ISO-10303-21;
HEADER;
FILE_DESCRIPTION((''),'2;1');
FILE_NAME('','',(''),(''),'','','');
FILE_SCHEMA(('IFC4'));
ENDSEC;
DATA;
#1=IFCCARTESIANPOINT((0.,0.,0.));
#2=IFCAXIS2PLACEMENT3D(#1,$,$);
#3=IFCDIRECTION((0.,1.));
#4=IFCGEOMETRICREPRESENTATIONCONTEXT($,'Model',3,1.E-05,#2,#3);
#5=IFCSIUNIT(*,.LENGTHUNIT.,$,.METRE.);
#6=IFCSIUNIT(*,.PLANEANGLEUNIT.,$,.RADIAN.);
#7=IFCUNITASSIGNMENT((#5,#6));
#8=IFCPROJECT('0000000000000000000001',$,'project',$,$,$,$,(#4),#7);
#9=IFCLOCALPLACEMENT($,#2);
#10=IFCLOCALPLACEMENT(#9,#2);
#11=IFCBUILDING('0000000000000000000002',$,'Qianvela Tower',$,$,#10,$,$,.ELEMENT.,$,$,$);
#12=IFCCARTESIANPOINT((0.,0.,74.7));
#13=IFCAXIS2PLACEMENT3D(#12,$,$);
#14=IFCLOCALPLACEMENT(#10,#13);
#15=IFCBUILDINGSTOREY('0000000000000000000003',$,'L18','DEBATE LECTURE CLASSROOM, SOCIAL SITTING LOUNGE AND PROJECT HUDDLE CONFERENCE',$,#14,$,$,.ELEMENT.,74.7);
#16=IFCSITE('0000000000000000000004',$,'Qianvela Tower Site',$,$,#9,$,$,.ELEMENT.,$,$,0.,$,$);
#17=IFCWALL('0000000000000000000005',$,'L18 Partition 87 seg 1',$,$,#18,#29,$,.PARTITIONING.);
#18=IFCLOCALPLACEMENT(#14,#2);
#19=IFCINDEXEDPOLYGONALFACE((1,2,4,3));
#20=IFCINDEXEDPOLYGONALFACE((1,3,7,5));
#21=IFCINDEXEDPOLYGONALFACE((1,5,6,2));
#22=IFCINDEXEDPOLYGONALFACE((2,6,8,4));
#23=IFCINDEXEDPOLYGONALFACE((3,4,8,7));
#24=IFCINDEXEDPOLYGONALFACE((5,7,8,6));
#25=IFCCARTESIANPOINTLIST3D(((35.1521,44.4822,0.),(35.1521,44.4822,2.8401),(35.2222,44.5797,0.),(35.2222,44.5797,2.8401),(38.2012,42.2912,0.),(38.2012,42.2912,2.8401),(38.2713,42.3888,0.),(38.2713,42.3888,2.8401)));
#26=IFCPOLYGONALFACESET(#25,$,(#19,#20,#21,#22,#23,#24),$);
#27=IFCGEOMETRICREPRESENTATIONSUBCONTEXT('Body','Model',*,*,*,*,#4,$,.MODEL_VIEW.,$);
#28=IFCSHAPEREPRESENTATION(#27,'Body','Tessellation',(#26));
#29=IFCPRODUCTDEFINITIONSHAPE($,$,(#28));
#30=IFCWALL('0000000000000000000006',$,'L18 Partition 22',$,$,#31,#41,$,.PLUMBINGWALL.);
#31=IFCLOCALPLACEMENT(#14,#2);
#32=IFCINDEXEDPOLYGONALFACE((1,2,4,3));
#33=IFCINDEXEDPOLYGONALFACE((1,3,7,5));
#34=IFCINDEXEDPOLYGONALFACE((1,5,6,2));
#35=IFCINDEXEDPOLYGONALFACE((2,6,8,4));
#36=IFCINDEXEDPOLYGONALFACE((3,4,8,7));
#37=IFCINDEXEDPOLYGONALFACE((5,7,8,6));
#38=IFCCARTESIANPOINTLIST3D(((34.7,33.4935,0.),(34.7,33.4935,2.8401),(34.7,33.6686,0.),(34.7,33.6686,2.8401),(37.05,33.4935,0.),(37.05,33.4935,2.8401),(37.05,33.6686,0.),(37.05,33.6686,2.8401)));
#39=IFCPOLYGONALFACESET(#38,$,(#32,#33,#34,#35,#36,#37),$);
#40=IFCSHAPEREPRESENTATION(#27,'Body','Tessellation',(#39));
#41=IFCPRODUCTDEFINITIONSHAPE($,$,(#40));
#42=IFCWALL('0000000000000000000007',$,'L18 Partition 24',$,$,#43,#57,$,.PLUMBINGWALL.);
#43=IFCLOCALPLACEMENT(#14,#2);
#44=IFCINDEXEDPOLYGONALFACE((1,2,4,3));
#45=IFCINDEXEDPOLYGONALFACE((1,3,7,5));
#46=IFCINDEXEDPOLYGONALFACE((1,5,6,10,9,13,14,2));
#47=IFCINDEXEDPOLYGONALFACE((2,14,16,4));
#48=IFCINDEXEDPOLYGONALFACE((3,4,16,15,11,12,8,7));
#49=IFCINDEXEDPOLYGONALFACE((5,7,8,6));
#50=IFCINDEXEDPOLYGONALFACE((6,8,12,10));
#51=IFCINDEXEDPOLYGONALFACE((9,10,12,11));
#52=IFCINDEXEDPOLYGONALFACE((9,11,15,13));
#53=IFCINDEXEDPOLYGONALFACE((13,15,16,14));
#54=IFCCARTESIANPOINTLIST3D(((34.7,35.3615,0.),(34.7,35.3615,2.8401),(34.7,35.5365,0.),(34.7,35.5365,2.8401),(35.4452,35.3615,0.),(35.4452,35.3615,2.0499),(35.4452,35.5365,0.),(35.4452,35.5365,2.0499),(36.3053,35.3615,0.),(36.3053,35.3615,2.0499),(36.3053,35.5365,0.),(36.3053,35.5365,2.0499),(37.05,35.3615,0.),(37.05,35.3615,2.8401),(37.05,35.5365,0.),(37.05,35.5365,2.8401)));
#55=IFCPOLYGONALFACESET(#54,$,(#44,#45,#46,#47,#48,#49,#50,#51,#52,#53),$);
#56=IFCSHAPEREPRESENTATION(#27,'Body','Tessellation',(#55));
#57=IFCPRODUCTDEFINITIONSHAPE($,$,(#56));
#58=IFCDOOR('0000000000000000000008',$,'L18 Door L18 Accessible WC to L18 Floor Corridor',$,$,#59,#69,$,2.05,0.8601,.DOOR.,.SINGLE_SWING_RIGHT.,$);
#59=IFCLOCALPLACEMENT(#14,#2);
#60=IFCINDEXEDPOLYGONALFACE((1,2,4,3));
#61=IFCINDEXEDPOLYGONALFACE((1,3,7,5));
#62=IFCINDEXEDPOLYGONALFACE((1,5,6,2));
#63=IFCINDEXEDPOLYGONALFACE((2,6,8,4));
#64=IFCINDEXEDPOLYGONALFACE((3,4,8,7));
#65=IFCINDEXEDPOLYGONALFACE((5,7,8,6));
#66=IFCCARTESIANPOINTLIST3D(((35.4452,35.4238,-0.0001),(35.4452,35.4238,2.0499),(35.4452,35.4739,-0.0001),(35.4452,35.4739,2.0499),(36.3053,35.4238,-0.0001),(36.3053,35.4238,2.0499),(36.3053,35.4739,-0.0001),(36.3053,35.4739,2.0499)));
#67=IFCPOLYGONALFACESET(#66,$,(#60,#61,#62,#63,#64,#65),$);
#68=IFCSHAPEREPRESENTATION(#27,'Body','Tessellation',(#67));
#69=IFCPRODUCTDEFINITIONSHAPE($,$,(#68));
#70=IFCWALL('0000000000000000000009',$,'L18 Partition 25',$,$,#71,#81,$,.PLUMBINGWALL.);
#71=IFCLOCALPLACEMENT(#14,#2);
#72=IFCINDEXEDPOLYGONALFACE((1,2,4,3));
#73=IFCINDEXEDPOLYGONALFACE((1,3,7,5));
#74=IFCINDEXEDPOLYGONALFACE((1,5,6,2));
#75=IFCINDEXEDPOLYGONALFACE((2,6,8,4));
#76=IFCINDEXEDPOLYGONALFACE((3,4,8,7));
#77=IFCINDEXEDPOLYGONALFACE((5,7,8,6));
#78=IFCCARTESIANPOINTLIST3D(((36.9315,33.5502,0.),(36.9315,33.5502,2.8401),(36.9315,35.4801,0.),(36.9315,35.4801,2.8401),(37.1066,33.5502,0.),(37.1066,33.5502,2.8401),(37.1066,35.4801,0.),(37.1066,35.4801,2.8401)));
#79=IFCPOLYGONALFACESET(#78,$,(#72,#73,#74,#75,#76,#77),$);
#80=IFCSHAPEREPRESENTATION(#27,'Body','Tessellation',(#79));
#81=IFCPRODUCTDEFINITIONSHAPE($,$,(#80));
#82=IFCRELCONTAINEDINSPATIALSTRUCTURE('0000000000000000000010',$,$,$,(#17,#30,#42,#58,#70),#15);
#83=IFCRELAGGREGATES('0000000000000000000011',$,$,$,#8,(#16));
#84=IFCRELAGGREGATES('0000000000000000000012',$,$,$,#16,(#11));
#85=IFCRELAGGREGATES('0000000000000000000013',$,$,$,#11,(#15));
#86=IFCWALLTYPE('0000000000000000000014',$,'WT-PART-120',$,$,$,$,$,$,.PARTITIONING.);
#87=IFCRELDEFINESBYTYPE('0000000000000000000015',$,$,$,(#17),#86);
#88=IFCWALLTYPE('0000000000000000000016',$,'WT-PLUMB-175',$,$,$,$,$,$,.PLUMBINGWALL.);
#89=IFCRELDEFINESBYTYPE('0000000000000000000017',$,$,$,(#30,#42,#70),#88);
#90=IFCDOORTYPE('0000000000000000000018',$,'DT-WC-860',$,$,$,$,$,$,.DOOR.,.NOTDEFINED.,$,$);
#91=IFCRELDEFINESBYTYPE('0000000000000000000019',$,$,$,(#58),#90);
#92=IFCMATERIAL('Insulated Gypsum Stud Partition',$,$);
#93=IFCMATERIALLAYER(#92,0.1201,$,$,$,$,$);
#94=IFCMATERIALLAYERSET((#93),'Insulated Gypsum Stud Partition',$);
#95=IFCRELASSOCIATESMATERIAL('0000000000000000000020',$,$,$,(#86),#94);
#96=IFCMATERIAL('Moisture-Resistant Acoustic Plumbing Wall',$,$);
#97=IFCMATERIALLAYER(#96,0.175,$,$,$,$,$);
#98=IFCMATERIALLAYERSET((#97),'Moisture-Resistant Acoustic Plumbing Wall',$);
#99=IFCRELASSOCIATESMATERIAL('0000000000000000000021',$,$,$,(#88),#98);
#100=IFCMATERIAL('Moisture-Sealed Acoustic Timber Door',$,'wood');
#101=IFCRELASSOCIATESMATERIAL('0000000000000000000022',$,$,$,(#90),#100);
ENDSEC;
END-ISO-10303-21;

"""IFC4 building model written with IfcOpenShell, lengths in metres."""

from ifc_helpers import new_model, si_unit, direction, frame, frame_2d, origin, place, context, subcontext, project, spatial, rectangle, extrude, material, layer, layer_set, type_object, element, fill, save


model = new_model("IFC4")

# Units and contexts
model_context = context("Model", 3, precision=1e-05, world=origin(), true_north=direction((0.0, 1.0)))
body_context = subcontext(model_context, "Body", "Model", "MODEL_VIEW")
ifc_project = project(units=[si_unit("LENGTHUNIT", "METRE"), si_unit("PLANEANGLEUNIT", "RADIAN")], contexts=[model_context])

# Site, building, storey
site_placement = place(None, origin())
site = spatial("IfcSite", under=ifc_project, at=site_placement, Name="Qianvela Tower Site", CompositionType="ELEMENT", RefElevation=0.0)
building_placement = place(site_placement, origin())
building = spatial("IfcBuilding", under=site, at=building_placement, Name="Qianvela Tower", CompositionType="ELEMENT")
storey_placement = place(building_placement, frame((0.0, 0.0, 74.7)))
storey = spatial("IfcBuildingStorey", under=building, at=storey_placement, Name="L18", Description="DEBATE LECTURE CLASSROOM, SOCIAL SITTING LOUNGE AND PROJECT HUDDLE CONFERENCE", CompositionType="ELEMENT", Elevation=74.7)

# Walls
ifc_material_1 = material(Name="Insulated Gypsum Stud Partition")
ifc_layer_1 = layer(ifc_material_1, 0.1201)
ifc_layer_set_1 = layer_set([ifc_layer_1], Name="Insulated Gypsum Stud Partition")
wall_type_1 = type_object("IfcWallType", Name="WT-PART-120", PredefinedType="PARTITIONING", material=ifc_layer_set_1)
wall_1_placement = place(storey_placement, frame((35.187, 44.531, 0.0), z_axis=(0.0, 0.0, 1.0), x_axis=(0.812091, -0.58353, 0.0)))
element("IfcWall", 1, at=wall_1_placement, inside=storey, type_object=wall_type_1, Name="L18 Partition 87 seg 1", PredefinedType="PARTITIONING", context=body_context, shape_type="SweptSolid", body=[
    extrude(rectangle(XDim=3.7546, YDim=0.1201, at=frame_2d((1.8774, 0.0))), origin(), (0.0, 0.0, 1.0), 2.8401),
])
ifc_material_2 = material(Name="Moisture-Resistant Acoustic Plumbing Wall")
ifc_layer_2 = layer(ifc_material_2, 0.175)
ifc_layer_set_2 = layer_set([ifc_layer_2], Name="Moisture-Resistant Acoustic Plumbing Wall")
wall_type_2 = type_object("IfcWallType", Name="WT-PLUMB-175", PredefinedType="PLUMBINGWALL", material=ifc_layer_set_2)
wall_2_placement = place(storey_placement, frame((37.05, 33.5811, 0.0), z_axis=(0.0, 0.0, 1.0), x_axis=(-1.0, 0.0, 0.0)))
element("IfcWall", 2, at=wall_2_placement, inside=storey, type_object=wall_type_2, Name="L18 Partition 22", PredefinedType="PLUMBINGWALL", context=body_context, shape_type="SweptSolid", body=[
    extrude(rectangle(XDim=2.3501, YDim=0.175, at=frame_2d((1.175, 0.0))), origin(), (0.0, 0.0, 1.0), 2.8401),
])

# Wall, opening, door
wall_3_placement = place(storey_placement, frame((34.7, 35.449, 0.0), z_axis=(0.0, 0.0, 1.0), x_axis=(1.0, 0.0, 0.0)))
wall_3 = element("IfcWall", 3, at=wall_3_placement, inside=storey, type_object=wall_type_2, Name="L18 Partition 24", PredefinedType="PLUMBINGWALL", context=body_context, shape_type="SweptSolid", body=[
    extrude(rectangle(XDim=2.3501, YDim=0.175, at=frame_2d((1.175, 0.0))), origin(), (0.0, 0.0, 1.0), 2.8401),
])
opening_1_placement = place(wall_3_placement, frame((0.7451, 0.0, 0.0)))
opening_1 = element("IfcOpeningElement", 4, at=opening_1_placement, cuts=wall_3, PredefinedType="OPENING", context=body_context, shape_type="SweptSolid", body=[
    extrude(rectangle(XDim=0.8601, YDim=2.05, at=frame_2d((0.4302, 1.0249))), frame((0.0, 0.0974, 0.0), z_axis=(0.0, -1.0, 0.0), x_axis=(1.0, 0.0, 0.0)), (0.0, 0.0, 1.0), 0.1951),
])
ifc_material_3 = material(Name="Moisture-Sealed Acoustic Timber Door", Category="wood")
door_type_1 = type_object("IfcDoorType", Name="DT-WC-860", OperationType="NOTDEFINED", PredefinedType="DOOR", material=ifc_material_3)
door_1_placement = place(opening_1_placement, origin())
door_1 = element("IfcDoor", 5, at=door_1_placement, inside=storey, type_object=door_type_1, Name="L18 Door L18 Accessible WC to L18 Floor Corridor", OperationType="SINGLE_SWING_RIGHT", OverallHeight=2.05, OverallWidth=0.8601, PredefinedType="DOOR", context=body_context, shape_type="SweptSolid", body=[
    extrude(rectangle(XDim=0.8601, YDim=2.05, at=frame_2d((0.4302, 1.0249))), frame((0.0, 0.0249, 0.0), z_axis=(0.0, -1.0, 0.0), x_axis=(1.0, 0.0, 0.0)), (0.0, 0.0, 1.0), 0.05),
])
fill(opening_1, door_1)

# Wall
wall_4_placement = place(storey_placement, frame((37.019, 35.48, 0.0), z_axis=(0.0, 0.0, 1.0), x_axis=(0.0, -1.0, 0.0)))
element("IfcWall", 6, at=wall_4_placement, inside=storey, type_object=wall_type_2, Name="L18 Partition 25", PredefinedType="PLUMBINGWALL", context=body_context, shape_type="SweptSolid", body=[
    extrude(rectangle(XDim=1.9299, YDim=0.175, at=frame_2d((0.9648, 0.0))), origin(), (0.0, 0.0, 1.0), 2.8401),
])

save(model, "model.ifc")
